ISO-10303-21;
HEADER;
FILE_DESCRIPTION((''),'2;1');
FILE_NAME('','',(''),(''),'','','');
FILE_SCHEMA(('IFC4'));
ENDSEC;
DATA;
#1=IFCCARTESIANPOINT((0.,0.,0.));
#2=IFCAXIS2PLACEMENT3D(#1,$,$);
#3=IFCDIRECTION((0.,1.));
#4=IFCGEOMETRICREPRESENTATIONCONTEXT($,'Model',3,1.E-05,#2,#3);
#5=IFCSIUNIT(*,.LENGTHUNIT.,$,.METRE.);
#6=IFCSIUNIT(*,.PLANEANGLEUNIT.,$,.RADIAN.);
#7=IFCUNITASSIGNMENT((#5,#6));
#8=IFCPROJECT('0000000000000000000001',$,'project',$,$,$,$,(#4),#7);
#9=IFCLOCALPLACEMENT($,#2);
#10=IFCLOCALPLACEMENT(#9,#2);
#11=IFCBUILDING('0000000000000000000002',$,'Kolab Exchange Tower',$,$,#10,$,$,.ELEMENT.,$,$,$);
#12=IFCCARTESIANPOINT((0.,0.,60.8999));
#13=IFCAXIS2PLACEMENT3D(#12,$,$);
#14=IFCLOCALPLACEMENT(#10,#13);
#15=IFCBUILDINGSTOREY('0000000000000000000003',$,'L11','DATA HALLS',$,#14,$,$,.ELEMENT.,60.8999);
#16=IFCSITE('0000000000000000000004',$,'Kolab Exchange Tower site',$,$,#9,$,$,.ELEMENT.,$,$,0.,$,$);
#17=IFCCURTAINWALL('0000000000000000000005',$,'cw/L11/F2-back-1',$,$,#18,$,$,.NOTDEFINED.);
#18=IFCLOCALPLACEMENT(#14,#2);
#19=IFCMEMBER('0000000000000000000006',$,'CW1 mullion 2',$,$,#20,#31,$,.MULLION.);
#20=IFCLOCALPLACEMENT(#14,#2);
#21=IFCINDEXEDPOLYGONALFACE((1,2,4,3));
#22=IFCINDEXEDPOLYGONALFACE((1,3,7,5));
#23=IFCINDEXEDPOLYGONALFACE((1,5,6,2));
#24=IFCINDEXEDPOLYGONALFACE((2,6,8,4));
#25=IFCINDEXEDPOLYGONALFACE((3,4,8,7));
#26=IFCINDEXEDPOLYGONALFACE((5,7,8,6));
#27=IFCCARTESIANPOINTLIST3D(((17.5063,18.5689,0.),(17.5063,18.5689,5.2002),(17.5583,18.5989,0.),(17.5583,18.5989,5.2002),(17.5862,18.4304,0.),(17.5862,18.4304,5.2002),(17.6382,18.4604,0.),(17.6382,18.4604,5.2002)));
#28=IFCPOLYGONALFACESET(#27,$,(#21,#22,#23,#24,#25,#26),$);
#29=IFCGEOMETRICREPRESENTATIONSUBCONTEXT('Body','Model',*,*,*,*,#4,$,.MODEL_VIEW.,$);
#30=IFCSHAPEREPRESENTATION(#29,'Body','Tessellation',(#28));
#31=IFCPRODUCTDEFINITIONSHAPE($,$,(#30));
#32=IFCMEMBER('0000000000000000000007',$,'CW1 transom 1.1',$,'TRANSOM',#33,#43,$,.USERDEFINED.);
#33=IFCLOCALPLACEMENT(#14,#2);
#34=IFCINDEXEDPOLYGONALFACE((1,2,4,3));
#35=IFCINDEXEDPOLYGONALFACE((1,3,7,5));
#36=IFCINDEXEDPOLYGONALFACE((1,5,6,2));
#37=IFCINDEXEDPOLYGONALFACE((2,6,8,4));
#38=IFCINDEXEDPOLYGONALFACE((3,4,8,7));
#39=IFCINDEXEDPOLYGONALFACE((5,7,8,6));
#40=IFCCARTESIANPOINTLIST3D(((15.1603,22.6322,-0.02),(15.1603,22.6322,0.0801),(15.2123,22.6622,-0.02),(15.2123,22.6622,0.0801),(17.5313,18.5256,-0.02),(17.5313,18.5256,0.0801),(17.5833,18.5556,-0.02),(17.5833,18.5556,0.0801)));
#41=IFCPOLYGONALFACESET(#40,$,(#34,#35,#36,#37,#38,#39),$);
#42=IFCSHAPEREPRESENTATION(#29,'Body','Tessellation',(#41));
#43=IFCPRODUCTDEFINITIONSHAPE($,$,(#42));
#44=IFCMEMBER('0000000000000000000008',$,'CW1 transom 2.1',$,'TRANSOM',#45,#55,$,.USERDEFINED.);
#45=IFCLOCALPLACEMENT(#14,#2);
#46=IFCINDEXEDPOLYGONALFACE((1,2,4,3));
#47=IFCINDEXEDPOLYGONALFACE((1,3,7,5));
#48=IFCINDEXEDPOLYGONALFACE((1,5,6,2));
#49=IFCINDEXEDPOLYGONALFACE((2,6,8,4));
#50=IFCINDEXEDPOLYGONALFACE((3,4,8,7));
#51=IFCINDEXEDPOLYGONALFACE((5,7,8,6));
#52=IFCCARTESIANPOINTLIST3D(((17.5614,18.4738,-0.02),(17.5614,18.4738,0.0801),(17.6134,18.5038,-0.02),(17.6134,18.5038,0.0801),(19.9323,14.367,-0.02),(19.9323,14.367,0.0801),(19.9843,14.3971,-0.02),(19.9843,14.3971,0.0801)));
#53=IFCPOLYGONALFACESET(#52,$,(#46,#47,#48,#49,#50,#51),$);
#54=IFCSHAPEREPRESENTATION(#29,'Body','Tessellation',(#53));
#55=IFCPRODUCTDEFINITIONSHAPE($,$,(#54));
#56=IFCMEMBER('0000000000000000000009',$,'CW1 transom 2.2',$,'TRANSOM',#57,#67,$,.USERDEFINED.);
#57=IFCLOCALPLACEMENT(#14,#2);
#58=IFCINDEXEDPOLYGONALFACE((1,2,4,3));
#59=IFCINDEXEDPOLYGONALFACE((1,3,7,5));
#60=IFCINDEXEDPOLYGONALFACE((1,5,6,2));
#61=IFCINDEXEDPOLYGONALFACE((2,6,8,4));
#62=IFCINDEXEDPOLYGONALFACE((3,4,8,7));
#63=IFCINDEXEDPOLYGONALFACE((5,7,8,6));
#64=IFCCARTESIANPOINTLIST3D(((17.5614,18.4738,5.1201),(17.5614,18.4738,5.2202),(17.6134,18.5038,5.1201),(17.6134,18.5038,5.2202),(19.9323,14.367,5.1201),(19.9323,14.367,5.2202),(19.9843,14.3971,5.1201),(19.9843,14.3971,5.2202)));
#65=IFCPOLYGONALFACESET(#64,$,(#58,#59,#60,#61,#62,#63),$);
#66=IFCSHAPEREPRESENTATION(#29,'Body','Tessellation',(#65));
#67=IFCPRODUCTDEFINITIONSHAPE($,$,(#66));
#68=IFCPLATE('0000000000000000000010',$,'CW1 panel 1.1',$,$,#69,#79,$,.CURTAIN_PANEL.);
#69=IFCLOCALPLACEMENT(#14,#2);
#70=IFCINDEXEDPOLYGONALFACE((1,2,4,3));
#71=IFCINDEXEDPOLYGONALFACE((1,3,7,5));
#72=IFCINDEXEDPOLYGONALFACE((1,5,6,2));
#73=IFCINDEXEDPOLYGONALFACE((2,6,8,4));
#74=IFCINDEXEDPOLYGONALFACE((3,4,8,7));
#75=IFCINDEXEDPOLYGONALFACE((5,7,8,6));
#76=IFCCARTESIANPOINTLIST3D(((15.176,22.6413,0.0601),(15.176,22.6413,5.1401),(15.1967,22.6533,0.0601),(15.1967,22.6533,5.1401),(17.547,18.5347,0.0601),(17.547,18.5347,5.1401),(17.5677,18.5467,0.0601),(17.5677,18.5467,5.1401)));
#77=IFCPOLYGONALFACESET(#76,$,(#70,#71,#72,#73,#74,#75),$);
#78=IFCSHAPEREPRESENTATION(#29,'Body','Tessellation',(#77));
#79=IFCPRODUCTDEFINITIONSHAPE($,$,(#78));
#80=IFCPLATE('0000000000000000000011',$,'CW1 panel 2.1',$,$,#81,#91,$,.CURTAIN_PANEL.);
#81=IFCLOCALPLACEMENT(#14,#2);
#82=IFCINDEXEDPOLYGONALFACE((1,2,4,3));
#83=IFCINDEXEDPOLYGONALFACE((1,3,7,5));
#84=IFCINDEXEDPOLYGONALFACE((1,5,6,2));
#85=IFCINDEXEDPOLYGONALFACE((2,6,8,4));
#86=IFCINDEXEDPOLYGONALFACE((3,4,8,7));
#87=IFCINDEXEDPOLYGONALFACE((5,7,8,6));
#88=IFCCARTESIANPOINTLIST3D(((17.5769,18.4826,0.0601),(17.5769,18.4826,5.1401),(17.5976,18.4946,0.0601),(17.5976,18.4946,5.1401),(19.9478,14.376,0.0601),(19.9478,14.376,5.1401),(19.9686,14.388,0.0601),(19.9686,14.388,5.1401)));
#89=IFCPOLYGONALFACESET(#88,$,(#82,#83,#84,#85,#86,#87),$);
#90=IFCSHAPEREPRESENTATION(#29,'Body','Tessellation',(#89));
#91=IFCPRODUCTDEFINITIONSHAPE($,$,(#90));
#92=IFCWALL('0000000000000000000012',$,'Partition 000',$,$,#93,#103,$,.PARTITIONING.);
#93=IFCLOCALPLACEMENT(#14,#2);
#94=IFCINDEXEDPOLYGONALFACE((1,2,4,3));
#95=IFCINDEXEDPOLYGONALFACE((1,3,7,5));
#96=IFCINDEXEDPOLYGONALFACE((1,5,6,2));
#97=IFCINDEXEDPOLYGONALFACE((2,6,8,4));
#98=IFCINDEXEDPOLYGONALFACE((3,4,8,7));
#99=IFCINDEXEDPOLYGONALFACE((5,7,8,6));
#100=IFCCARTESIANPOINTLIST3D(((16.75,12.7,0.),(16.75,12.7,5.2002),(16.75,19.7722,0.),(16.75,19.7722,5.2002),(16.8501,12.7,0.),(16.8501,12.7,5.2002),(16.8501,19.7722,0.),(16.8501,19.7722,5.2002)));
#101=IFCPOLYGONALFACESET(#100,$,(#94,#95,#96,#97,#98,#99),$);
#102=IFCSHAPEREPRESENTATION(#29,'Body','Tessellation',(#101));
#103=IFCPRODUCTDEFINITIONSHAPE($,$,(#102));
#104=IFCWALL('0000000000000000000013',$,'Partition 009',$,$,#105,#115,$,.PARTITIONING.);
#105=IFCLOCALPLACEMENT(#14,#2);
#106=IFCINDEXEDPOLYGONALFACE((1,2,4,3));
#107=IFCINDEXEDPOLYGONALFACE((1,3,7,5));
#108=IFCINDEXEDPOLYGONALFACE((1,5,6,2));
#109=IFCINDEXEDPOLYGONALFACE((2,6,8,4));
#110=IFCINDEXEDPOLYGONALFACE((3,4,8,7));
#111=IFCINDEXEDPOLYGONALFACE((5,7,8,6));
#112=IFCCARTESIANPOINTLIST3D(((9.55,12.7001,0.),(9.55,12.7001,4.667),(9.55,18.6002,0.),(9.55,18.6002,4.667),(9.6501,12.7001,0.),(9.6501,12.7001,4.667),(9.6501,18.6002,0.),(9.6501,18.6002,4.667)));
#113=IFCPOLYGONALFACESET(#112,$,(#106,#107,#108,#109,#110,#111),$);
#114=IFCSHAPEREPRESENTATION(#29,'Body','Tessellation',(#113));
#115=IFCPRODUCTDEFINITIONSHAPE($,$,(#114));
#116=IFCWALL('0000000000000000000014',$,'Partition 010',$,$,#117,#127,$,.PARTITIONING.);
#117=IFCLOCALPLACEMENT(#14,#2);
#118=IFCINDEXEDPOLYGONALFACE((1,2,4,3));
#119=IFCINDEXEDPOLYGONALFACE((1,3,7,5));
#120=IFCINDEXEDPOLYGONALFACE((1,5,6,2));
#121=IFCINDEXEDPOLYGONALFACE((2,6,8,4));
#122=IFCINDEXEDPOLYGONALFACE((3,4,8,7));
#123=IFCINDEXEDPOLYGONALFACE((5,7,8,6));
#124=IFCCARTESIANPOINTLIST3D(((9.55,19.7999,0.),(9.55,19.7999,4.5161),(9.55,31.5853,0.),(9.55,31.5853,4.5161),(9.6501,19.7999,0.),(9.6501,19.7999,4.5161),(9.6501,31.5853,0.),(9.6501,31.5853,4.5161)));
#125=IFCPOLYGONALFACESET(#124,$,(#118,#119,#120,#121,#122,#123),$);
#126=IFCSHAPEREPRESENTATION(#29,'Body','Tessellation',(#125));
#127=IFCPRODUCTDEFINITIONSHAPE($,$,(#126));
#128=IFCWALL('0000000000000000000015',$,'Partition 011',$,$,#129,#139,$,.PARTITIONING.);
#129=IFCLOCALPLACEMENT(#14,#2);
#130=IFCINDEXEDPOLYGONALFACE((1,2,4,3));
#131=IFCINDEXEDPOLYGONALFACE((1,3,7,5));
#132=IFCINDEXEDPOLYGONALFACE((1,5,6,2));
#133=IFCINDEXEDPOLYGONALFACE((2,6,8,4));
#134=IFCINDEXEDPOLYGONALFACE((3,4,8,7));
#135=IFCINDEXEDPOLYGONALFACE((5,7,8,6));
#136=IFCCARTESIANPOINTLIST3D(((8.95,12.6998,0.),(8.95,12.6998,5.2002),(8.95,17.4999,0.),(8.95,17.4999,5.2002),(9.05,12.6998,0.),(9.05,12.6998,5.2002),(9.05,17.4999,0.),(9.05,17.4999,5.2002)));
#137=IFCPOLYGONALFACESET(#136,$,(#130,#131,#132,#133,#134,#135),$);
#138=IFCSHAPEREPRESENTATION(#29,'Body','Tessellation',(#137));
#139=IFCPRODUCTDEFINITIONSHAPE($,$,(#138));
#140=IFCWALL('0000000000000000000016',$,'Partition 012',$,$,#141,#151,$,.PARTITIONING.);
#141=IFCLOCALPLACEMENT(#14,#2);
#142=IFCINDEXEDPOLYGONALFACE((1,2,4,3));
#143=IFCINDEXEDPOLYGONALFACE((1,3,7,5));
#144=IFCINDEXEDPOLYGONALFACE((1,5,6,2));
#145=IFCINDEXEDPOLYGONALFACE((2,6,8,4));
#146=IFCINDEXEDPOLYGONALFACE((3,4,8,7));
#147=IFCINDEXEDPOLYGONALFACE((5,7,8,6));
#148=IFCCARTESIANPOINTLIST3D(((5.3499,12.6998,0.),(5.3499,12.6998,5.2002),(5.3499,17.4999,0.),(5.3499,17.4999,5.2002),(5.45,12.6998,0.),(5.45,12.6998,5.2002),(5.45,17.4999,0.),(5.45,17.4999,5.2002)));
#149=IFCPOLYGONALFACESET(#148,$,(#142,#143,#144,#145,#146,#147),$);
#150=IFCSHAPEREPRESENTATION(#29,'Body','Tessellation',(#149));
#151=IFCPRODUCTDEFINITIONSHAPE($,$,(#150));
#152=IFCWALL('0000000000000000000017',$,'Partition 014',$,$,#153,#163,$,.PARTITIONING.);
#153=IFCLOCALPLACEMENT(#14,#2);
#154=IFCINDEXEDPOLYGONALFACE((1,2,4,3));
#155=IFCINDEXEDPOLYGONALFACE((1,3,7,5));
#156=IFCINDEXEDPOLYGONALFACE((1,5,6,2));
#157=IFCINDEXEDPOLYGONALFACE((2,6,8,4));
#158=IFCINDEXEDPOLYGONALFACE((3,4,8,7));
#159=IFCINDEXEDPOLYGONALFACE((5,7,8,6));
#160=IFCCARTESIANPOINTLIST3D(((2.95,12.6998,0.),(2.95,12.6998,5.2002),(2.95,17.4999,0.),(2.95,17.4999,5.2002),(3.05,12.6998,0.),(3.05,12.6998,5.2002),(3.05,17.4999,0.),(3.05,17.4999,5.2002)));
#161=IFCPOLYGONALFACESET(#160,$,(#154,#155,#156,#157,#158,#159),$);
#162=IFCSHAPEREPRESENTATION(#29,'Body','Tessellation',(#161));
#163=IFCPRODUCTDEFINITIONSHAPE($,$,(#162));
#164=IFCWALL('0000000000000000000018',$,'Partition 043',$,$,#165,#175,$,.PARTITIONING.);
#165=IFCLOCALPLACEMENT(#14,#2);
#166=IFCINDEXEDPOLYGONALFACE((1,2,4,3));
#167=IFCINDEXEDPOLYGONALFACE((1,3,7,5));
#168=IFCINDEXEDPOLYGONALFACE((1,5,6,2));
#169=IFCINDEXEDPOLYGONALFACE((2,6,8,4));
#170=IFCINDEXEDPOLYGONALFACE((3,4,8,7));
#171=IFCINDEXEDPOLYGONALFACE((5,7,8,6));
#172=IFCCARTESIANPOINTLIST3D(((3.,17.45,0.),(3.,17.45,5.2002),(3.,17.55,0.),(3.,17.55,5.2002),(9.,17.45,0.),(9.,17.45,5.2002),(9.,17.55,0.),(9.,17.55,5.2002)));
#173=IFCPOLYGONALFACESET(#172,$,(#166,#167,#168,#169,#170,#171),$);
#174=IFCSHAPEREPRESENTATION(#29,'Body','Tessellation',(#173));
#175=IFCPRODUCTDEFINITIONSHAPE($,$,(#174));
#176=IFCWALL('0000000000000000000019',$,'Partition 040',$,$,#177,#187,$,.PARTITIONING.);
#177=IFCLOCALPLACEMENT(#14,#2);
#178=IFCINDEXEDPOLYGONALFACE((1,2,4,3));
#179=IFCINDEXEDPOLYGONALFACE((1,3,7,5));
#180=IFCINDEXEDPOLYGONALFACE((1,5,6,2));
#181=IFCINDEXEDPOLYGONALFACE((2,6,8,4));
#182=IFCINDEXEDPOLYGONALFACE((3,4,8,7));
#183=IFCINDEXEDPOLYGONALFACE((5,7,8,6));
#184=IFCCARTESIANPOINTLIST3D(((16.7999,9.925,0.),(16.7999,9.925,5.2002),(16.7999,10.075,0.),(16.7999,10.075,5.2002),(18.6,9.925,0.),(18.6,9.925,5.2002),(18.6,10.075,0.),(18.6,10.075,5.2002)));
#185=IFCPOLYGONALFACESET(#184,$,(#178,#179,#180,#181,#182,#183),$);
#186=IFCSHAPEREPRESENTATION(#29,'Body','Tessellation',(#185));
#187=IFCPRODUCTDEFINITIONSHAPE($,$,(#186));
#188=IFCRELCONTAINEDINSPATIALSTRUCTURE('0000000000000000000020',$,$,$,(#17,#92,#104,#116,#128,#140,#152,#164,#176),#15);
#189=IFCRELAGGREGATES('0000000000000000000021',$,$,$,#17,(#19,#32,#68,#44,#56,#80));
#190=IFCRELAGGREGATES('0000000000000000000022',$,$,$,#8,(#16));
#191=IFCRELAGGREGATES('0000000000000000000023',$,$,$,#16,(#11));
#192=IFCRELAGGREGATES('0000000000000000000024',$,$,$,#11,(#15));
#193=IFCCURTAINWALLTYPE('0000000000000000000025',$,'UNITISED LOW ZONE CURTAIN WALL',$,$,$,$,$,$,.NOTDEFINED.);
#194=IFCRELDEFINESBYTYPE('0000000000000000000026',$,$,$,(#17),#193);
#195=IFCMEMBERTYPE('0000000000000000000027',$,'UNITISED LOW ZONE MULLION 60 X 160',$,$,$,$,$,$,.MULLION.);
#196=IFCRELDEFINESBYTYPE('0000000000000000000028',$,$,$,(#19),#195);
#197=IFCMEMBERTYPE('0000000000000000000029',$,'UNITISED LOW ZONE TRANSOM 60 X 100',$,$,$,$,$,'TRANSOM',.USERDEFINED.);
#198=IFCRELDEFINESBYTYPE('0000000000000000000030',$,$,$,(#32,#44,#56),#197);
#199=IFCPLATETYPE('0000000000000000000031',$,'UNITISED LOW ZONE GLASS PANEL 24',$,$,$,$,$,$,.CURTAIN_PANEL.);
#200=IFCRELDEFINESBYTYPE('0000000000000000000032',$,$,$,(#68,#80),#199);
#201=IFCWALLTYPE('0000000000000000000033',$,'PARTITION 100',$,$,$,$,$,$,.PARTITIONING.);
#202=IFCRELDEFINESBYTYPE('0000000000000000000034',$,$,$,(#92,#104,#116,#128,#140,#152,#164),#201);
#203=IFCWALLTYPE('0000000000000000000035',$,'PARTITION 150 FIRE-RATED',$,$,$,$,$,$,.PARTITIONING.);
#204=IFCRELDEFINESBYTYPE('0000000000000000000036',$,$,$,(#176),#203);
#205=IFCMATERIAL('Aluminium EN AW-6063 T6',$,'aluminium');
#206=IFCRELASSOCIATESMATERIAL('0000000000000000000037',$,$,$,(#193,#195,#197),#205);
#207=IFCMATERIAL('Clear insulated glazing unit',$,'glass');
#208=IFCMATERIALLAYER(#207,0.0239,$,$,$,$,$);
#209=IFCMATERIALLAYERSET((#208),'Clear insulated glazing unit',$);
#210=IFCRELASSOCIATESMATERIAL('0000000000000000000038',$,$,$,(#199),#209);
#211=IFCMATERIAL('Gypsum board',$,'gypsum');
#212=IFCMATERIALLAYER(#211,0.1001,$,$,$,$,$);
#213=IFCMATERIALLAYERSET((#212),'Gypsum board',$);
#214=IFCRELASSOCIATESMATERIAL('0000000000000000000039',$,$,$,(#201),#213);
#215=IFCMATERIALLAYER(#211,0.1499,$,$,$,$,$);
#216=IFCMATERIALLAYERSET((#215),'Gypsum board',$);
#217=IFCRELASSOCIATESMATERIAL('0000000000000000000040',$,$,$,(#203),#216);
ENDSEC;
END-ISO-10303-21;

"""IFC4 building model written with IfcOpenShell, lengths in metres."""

from ifc_helpers import new_model, si_unit, direction, frame, frame_2d, origin, origin_2d, place, context, subcontext, project, spatial, rectangle, extrude, material, layer, layer_set, material_profile, profile_set, type_object, element, aggregate, save


model = new_model("IFC4")

# Units and contexts
model_context = context("Model", 3, precision=1e-05, world=origin(), true_north=direction((0.0, 1.0)))
body_context = subcontext(model_context, "Body", "Model", "MODEL_VIEW")
ifc_project = project(units=[si_unit("LENGTHUNIT", "METRE"), si_unit("PLANEANGLEUNIT", "RADIAN")], contexts=[model_context])

# Site, building, storey
site_placement = place(None, origin())
site = spatial("IfcSite", under=ifc_project, at=site_placement, Name="Kolab Exchange Tower site", CompositionType="ELEMENT", RefElevation=0.0)
building_placement = place(site_placement, origin())
building = spatial("IfcBuilding", under=site, at=building_placement, Name="Kolab Exchange Tower", CompositionType="ELEMENT")
storey_placement = place(building_placement, frame((0.0, 0.0, 60.8999)))
storey = spatial("IfcBuildingStorey", under=building, at=storey_placement, Name="L11", Description="DATA HALLS", CompositionType="ELEMENT", Elevation=60.8999)

# Curtain wall, members, plates
ifc_material_1 = material(Name="Aluminium EN AW-6063 T6", Category="aluminium")
curtain_wall_type = type_object("IfcCurtainWallType", Name="UNITISED LOW ZONE CURTAIN WALL", PredefinedType="NOTDEFINED", material=ifc_material_1)
curtain_wall_placement = place(storey_placement, origin())
curtain_wall = element("IfcCurtainWall", 1, at=curtain_wall_placement, inside=storey, type_object=curtain_wall_type, Name="cw/L11/F2-back-1", PredefinedType="NOTDEFINED")
ifc_material_profile_1 = material_profile(ifc_material_1, rectangle(XDim=0.0601, YDim=0.1599, at=origin_2d()), Name="RECT 60X160")
ifc_profile_set_1 = profile_set([ifc_material_profile_1], Name="Aluminium EN AW-6063 T6")
member_type_1 = type_object("IfcMemberType", Name="UNITISED LOW ZONE MULLION 60 X 160", PredefinedType="MULLION", material=ifc_profile_set_1)
member_1_placement = place(storey_placement, frame((17.5723, 18.5146, 0.0), z_axis=(0.0, 0.0, 1.0), x_axis=(0.866025, 0.5, 0.0)))
member_1 = element("IfcMember", 2, at=member_1_placement, type_object=member_type_1, Name="CW1 mullion 2", PredefinedType="MULLION", context=body_context, shape_type="SweptSolid", body=[
    extrude(rectangle(XDim=0.0601, YDim=0.1599, at=origin_2d()), origin(), (0.0, 0.0, 1.0), 5.2002),
])
ifc_material_profile_2 = material_profile(ifc_material_1, rectangle(XDim=0.0601, YDim=0.1001, at=origin_2d()), Name="RECT 60X100")
ifc_profile_set_2 = profile_set([ifc_material_profile_2], Name="Aluminium EN AW-6063 T6")
member_type_2 = type_object("IfcMemberType", Name="UNITISED LOW ZONE TRANSOM 60 X 100", ElementType="TRANSOM", PredefinedType="USERDEFINED", material=ifc_profile_set_2)
member_2_placement = place(storey_placement, frame((15.1863, 22.6472, 0.03), z_axis=(0.500015, -0.866017, 0.0), x_axis=(0.866017, 0.500015, 0.0)))
member_2 = element("IfcMember", 3, at=member_2_placement, type_object=member_type_2, Name="CW1 transom 1.1", ObjectType="TRANSOM", PredefinedType="USERDEFINED", context=body_context, shape_type="SweptSolid", body=[
    extrude(rectangle(XDim=0.0601, YDim=0.1001, at=origin_2d()), origin(), (0.0, 0.0, 1.0), 4.7419),
])
member_3_placement = place(storey_placement, frame((17.5874, 18.4888, 0.03), z_axis=(0.499976, -0.866039, 0.0), x_axis=(0.866039, 0.499976, 0.0)))
member_3 = element("IfcMember", 4, at=member_3_placement, type_object=member_type_2, Name="CW1 transom 2.1", ObjectType="TRANSOM", PredefinedType="USERDEFINED", context=body_context, shape_type="SweptSolid", body=[
    extrude(rectangle(XDim=0.0601, YDim=0.1001, at=origin_2d()), origin(), (0.0, 0.0, 1.0), 4.7419),
])
member_4_placement = place(storey_placement, frame((17.5874, 18.4888, 5.1702), z_axis=(0.499976, -0.866039, 0.0), x_axis=(0.866039, 0.499976, 0.0)))
member_4 = element("IfcMember", 5, at=member_4_placement, type_object=member_type_2, Name="CW1 transom 2.2", ObjectType="TRANSOM", PredefinedType="USERDEFINED", context=body_context, shape_type="SweptSolid", body=[
    extrude(rectangle(XDim=0.0601, YDim=0.1001, at=origin_2d()), origin(), (0.0, 0.0, 1.0), 4.7419),
])
ifc_material_2 = material(Name="Clear insulated glazing unit", Category="glass")
ifc_layer_1 = layer(ifc_material_2, 0.0239)
ifc_layer_set_1 = layer_set([ifc_layer_1], Name="Clear insulated glazing unit")
plate_type = type_object("IfcPlateType", Name="UNITISED LOW ZONE GLASS PANEL 24", PredefinedType="CURTAIN_PANEL", material=ifc_layer_set_1)
plate_1_placement = place(storey_placement, frame((16.3718, 20.594, 0.0601), z_axis=(0.0, 0.0, 1.0), x_axis=(0.5, -0.866025, 0.0)))
plate_1 = element("IfcPlate", 6, at=plate_1_placement, type_object=plate_type, Name="CW1 panel 1.1", PredefinedType="CURTAIN_PANEL", context=body_context, shape_type="SweptSolid", body=[
    extrude(rectangle(XDim=4.7419, YDim=0.0239, at=origin_2d()), origin(), (0.0, 0.0, 1.0), 5.0801),
])
plate_2_placement = place(storey_placement, frame((18.7727, 16.4353, 0.0601), z_axis=(0.0, 0.0, 1.0), x_axis=(0.5, -0.866025, 0.0)))
plate_2 = element("IfcPlate", 7, at=plate_2_placement, type_object=plate_type, Name="CW1 panel 2.1", PredefinedType="CURTAIN_PANEL", context=body_context, shape_type="SweptSolid", body=[
    extrude(rectangle(XDim=4.7419, YDim=0.0239, at=origin_2d()), origin(), (0.0, 0.0, 1.0), 5.0801),
])
aggregate(curtain_wall, [member_1, member_2, plate_1, member_3, member_4, plate_2])

# Walls
ifc_material_3 = material(Name="Gypsum board", Category="gypsum")
ifc_layer_2 = layer(ifc_material_3, 0.1001)
ifc_layer_set_2 = layer_set([ifc_layer_2], Name="Gypsum board")
wall_type_1 = type_object("IfcWallType", Name="PARTITION 100", PredefinedType="PARTITIONING", material=ifc_layer_set_2)
wall_1_placement = place(storey_placement, frame((16.8, 12.7, 0.0), z_axis=(0.0, 0.0, 1.0), x_axis=(0.0, 1.0, 0.0)))
element("IfcWall", 8, at=wall_1_placement, inside=storey, type_object=wall_type_1, Name="Partition 000", PredefinedType="PARTITIONING", context=body_context, shape_type="SweptSolid", body=[
    extrude(rectangle(XDim=7.0723, YDim=0.1001, at=frame_2d((3.5361, 0.0))), origin(), (0.0, 0.0, 1.0), 5.2002),
])
wall_2_placement = place(storey_placement, frame((9.6001, 12.7, 0.0), z_axis=(0.0, 0.0, 1.0), x_axis=(0.0, 1.0, 0.0)))
element("IfcWall", 9, at=wall_2_placement, inside=storey, type_object=wall_type_1, Name="Partition 009", PredefinedType="PARTITIONING", context=body_context, shape_type="SweptSolid", body=[
    extrude(rectangle(XDim=5.9001, YDim=0.1001, at=frame_2d((2.9502, 0.0))), origin(), (0.0, 0.0, 1.0), 4.667),
])
wall_3_placement = place(storey_placement, frame((9.6001, 19.8, 0.0), z_axis=(0.0, 0.0, 1.0), x_axis=(0.0, 1.0, 0.0)))
element("IfcWall", 10, at=wall_3_placement, inside=storey, type_object=wall_type_1, Name="Partition 010", PredefinedType="PARTITIONING", context=body_context, shape_type="SweptSolid", body=[
    extrude(rectangle(XDim=11.7854, YDim=0.1001, at=frame_2d((5.8926, 0.0))), origin(), (0.0, 0.0, 1.0), 4.5161),
])
for number, where, z_axis, x_axis, name in (
    (11, (9.0, 12.7, 0.0), (0.0, 0.0, 1.0), (0.0, 1.0, 0.0), "Partition 011"),
    (12, (5.3999, 12.7, 0.0), (0.0, 0.0, 1.0), (0.0, 1.0, 0.0), "Partition 012"),
    (13, (3.0, 12.7, 0.0), (0.0, 0.0, 1.0), (0.0, 1.0, 0.0), "Partition 014"),
):
    element("IfcWall", number, at=place(storey_placement, frame(where, z_axis=z_axis, x_axis=x_axis)), inside=storey, type_object=wall_type_1, Name=name, PredefinedType="PARTITIONING", context=body_context, shape_type="SweptSolid", body=[
        extrude(rectangle(XDim=4.8, YDim=0.1001, at=frame_2d((2.3999, 0.0))), origin(), (0.0, 0.0, 1.0), 5.2002),
    ])
wall_4_placement = place(storey_placement, frame((3.0, 17.5, 0.0), z_axis=(0.0, 0.0, 1.0), x_axis=(1.0, 0.0, 0.0)))
element("IfcWall", 14, at=wall_4_placement, inside=storey, type_object=wall_type_1, Name="Partition 043", PredefinedType="PARTITIONING", context=body_context, shape_type="SweptSolid", body=[
    extrude(rectangle(XDim=6.0, YDim=0.1001, at=frame_2d((3.0, 0.0))), origin(), (0.0, 0.0, 1.0), 5.2002),
])
ifc_layer_3 = layer(ifc_material_3, 0.1499)
ifc_layer_set_3 = layer_set([ifc_layer_3], Name="Gypsum board")
wall_type_2 = type_object("IfcWallType", Name="PARTITION 150 FIRE-RATED", PredefinedType="PARTITIONING", material=ifc_layer_set_3)
wall_5_placement = place(storey_placement, frame((16.8, 10.0, 0.0), z_axis=(0.0, 0.0, 1.0), x_axis=(1.0, 0.0, 0.0)))
element("IfcWall", 15, at=wall_5_placement, inside=storey, type_object=wall_type_2, Name="Partition 040", PredefinedType="PARTITIONING", context=body_context, shape_type="SweptSolid", body=[
    extrude(rectangle(XDim=1.8, YDim=0.1499, at=frame_2d((0.8999, 0.0))), origin(), (0.0, 0.0, 1.0), 5.2002),
])

save(model, "model.ifc")
